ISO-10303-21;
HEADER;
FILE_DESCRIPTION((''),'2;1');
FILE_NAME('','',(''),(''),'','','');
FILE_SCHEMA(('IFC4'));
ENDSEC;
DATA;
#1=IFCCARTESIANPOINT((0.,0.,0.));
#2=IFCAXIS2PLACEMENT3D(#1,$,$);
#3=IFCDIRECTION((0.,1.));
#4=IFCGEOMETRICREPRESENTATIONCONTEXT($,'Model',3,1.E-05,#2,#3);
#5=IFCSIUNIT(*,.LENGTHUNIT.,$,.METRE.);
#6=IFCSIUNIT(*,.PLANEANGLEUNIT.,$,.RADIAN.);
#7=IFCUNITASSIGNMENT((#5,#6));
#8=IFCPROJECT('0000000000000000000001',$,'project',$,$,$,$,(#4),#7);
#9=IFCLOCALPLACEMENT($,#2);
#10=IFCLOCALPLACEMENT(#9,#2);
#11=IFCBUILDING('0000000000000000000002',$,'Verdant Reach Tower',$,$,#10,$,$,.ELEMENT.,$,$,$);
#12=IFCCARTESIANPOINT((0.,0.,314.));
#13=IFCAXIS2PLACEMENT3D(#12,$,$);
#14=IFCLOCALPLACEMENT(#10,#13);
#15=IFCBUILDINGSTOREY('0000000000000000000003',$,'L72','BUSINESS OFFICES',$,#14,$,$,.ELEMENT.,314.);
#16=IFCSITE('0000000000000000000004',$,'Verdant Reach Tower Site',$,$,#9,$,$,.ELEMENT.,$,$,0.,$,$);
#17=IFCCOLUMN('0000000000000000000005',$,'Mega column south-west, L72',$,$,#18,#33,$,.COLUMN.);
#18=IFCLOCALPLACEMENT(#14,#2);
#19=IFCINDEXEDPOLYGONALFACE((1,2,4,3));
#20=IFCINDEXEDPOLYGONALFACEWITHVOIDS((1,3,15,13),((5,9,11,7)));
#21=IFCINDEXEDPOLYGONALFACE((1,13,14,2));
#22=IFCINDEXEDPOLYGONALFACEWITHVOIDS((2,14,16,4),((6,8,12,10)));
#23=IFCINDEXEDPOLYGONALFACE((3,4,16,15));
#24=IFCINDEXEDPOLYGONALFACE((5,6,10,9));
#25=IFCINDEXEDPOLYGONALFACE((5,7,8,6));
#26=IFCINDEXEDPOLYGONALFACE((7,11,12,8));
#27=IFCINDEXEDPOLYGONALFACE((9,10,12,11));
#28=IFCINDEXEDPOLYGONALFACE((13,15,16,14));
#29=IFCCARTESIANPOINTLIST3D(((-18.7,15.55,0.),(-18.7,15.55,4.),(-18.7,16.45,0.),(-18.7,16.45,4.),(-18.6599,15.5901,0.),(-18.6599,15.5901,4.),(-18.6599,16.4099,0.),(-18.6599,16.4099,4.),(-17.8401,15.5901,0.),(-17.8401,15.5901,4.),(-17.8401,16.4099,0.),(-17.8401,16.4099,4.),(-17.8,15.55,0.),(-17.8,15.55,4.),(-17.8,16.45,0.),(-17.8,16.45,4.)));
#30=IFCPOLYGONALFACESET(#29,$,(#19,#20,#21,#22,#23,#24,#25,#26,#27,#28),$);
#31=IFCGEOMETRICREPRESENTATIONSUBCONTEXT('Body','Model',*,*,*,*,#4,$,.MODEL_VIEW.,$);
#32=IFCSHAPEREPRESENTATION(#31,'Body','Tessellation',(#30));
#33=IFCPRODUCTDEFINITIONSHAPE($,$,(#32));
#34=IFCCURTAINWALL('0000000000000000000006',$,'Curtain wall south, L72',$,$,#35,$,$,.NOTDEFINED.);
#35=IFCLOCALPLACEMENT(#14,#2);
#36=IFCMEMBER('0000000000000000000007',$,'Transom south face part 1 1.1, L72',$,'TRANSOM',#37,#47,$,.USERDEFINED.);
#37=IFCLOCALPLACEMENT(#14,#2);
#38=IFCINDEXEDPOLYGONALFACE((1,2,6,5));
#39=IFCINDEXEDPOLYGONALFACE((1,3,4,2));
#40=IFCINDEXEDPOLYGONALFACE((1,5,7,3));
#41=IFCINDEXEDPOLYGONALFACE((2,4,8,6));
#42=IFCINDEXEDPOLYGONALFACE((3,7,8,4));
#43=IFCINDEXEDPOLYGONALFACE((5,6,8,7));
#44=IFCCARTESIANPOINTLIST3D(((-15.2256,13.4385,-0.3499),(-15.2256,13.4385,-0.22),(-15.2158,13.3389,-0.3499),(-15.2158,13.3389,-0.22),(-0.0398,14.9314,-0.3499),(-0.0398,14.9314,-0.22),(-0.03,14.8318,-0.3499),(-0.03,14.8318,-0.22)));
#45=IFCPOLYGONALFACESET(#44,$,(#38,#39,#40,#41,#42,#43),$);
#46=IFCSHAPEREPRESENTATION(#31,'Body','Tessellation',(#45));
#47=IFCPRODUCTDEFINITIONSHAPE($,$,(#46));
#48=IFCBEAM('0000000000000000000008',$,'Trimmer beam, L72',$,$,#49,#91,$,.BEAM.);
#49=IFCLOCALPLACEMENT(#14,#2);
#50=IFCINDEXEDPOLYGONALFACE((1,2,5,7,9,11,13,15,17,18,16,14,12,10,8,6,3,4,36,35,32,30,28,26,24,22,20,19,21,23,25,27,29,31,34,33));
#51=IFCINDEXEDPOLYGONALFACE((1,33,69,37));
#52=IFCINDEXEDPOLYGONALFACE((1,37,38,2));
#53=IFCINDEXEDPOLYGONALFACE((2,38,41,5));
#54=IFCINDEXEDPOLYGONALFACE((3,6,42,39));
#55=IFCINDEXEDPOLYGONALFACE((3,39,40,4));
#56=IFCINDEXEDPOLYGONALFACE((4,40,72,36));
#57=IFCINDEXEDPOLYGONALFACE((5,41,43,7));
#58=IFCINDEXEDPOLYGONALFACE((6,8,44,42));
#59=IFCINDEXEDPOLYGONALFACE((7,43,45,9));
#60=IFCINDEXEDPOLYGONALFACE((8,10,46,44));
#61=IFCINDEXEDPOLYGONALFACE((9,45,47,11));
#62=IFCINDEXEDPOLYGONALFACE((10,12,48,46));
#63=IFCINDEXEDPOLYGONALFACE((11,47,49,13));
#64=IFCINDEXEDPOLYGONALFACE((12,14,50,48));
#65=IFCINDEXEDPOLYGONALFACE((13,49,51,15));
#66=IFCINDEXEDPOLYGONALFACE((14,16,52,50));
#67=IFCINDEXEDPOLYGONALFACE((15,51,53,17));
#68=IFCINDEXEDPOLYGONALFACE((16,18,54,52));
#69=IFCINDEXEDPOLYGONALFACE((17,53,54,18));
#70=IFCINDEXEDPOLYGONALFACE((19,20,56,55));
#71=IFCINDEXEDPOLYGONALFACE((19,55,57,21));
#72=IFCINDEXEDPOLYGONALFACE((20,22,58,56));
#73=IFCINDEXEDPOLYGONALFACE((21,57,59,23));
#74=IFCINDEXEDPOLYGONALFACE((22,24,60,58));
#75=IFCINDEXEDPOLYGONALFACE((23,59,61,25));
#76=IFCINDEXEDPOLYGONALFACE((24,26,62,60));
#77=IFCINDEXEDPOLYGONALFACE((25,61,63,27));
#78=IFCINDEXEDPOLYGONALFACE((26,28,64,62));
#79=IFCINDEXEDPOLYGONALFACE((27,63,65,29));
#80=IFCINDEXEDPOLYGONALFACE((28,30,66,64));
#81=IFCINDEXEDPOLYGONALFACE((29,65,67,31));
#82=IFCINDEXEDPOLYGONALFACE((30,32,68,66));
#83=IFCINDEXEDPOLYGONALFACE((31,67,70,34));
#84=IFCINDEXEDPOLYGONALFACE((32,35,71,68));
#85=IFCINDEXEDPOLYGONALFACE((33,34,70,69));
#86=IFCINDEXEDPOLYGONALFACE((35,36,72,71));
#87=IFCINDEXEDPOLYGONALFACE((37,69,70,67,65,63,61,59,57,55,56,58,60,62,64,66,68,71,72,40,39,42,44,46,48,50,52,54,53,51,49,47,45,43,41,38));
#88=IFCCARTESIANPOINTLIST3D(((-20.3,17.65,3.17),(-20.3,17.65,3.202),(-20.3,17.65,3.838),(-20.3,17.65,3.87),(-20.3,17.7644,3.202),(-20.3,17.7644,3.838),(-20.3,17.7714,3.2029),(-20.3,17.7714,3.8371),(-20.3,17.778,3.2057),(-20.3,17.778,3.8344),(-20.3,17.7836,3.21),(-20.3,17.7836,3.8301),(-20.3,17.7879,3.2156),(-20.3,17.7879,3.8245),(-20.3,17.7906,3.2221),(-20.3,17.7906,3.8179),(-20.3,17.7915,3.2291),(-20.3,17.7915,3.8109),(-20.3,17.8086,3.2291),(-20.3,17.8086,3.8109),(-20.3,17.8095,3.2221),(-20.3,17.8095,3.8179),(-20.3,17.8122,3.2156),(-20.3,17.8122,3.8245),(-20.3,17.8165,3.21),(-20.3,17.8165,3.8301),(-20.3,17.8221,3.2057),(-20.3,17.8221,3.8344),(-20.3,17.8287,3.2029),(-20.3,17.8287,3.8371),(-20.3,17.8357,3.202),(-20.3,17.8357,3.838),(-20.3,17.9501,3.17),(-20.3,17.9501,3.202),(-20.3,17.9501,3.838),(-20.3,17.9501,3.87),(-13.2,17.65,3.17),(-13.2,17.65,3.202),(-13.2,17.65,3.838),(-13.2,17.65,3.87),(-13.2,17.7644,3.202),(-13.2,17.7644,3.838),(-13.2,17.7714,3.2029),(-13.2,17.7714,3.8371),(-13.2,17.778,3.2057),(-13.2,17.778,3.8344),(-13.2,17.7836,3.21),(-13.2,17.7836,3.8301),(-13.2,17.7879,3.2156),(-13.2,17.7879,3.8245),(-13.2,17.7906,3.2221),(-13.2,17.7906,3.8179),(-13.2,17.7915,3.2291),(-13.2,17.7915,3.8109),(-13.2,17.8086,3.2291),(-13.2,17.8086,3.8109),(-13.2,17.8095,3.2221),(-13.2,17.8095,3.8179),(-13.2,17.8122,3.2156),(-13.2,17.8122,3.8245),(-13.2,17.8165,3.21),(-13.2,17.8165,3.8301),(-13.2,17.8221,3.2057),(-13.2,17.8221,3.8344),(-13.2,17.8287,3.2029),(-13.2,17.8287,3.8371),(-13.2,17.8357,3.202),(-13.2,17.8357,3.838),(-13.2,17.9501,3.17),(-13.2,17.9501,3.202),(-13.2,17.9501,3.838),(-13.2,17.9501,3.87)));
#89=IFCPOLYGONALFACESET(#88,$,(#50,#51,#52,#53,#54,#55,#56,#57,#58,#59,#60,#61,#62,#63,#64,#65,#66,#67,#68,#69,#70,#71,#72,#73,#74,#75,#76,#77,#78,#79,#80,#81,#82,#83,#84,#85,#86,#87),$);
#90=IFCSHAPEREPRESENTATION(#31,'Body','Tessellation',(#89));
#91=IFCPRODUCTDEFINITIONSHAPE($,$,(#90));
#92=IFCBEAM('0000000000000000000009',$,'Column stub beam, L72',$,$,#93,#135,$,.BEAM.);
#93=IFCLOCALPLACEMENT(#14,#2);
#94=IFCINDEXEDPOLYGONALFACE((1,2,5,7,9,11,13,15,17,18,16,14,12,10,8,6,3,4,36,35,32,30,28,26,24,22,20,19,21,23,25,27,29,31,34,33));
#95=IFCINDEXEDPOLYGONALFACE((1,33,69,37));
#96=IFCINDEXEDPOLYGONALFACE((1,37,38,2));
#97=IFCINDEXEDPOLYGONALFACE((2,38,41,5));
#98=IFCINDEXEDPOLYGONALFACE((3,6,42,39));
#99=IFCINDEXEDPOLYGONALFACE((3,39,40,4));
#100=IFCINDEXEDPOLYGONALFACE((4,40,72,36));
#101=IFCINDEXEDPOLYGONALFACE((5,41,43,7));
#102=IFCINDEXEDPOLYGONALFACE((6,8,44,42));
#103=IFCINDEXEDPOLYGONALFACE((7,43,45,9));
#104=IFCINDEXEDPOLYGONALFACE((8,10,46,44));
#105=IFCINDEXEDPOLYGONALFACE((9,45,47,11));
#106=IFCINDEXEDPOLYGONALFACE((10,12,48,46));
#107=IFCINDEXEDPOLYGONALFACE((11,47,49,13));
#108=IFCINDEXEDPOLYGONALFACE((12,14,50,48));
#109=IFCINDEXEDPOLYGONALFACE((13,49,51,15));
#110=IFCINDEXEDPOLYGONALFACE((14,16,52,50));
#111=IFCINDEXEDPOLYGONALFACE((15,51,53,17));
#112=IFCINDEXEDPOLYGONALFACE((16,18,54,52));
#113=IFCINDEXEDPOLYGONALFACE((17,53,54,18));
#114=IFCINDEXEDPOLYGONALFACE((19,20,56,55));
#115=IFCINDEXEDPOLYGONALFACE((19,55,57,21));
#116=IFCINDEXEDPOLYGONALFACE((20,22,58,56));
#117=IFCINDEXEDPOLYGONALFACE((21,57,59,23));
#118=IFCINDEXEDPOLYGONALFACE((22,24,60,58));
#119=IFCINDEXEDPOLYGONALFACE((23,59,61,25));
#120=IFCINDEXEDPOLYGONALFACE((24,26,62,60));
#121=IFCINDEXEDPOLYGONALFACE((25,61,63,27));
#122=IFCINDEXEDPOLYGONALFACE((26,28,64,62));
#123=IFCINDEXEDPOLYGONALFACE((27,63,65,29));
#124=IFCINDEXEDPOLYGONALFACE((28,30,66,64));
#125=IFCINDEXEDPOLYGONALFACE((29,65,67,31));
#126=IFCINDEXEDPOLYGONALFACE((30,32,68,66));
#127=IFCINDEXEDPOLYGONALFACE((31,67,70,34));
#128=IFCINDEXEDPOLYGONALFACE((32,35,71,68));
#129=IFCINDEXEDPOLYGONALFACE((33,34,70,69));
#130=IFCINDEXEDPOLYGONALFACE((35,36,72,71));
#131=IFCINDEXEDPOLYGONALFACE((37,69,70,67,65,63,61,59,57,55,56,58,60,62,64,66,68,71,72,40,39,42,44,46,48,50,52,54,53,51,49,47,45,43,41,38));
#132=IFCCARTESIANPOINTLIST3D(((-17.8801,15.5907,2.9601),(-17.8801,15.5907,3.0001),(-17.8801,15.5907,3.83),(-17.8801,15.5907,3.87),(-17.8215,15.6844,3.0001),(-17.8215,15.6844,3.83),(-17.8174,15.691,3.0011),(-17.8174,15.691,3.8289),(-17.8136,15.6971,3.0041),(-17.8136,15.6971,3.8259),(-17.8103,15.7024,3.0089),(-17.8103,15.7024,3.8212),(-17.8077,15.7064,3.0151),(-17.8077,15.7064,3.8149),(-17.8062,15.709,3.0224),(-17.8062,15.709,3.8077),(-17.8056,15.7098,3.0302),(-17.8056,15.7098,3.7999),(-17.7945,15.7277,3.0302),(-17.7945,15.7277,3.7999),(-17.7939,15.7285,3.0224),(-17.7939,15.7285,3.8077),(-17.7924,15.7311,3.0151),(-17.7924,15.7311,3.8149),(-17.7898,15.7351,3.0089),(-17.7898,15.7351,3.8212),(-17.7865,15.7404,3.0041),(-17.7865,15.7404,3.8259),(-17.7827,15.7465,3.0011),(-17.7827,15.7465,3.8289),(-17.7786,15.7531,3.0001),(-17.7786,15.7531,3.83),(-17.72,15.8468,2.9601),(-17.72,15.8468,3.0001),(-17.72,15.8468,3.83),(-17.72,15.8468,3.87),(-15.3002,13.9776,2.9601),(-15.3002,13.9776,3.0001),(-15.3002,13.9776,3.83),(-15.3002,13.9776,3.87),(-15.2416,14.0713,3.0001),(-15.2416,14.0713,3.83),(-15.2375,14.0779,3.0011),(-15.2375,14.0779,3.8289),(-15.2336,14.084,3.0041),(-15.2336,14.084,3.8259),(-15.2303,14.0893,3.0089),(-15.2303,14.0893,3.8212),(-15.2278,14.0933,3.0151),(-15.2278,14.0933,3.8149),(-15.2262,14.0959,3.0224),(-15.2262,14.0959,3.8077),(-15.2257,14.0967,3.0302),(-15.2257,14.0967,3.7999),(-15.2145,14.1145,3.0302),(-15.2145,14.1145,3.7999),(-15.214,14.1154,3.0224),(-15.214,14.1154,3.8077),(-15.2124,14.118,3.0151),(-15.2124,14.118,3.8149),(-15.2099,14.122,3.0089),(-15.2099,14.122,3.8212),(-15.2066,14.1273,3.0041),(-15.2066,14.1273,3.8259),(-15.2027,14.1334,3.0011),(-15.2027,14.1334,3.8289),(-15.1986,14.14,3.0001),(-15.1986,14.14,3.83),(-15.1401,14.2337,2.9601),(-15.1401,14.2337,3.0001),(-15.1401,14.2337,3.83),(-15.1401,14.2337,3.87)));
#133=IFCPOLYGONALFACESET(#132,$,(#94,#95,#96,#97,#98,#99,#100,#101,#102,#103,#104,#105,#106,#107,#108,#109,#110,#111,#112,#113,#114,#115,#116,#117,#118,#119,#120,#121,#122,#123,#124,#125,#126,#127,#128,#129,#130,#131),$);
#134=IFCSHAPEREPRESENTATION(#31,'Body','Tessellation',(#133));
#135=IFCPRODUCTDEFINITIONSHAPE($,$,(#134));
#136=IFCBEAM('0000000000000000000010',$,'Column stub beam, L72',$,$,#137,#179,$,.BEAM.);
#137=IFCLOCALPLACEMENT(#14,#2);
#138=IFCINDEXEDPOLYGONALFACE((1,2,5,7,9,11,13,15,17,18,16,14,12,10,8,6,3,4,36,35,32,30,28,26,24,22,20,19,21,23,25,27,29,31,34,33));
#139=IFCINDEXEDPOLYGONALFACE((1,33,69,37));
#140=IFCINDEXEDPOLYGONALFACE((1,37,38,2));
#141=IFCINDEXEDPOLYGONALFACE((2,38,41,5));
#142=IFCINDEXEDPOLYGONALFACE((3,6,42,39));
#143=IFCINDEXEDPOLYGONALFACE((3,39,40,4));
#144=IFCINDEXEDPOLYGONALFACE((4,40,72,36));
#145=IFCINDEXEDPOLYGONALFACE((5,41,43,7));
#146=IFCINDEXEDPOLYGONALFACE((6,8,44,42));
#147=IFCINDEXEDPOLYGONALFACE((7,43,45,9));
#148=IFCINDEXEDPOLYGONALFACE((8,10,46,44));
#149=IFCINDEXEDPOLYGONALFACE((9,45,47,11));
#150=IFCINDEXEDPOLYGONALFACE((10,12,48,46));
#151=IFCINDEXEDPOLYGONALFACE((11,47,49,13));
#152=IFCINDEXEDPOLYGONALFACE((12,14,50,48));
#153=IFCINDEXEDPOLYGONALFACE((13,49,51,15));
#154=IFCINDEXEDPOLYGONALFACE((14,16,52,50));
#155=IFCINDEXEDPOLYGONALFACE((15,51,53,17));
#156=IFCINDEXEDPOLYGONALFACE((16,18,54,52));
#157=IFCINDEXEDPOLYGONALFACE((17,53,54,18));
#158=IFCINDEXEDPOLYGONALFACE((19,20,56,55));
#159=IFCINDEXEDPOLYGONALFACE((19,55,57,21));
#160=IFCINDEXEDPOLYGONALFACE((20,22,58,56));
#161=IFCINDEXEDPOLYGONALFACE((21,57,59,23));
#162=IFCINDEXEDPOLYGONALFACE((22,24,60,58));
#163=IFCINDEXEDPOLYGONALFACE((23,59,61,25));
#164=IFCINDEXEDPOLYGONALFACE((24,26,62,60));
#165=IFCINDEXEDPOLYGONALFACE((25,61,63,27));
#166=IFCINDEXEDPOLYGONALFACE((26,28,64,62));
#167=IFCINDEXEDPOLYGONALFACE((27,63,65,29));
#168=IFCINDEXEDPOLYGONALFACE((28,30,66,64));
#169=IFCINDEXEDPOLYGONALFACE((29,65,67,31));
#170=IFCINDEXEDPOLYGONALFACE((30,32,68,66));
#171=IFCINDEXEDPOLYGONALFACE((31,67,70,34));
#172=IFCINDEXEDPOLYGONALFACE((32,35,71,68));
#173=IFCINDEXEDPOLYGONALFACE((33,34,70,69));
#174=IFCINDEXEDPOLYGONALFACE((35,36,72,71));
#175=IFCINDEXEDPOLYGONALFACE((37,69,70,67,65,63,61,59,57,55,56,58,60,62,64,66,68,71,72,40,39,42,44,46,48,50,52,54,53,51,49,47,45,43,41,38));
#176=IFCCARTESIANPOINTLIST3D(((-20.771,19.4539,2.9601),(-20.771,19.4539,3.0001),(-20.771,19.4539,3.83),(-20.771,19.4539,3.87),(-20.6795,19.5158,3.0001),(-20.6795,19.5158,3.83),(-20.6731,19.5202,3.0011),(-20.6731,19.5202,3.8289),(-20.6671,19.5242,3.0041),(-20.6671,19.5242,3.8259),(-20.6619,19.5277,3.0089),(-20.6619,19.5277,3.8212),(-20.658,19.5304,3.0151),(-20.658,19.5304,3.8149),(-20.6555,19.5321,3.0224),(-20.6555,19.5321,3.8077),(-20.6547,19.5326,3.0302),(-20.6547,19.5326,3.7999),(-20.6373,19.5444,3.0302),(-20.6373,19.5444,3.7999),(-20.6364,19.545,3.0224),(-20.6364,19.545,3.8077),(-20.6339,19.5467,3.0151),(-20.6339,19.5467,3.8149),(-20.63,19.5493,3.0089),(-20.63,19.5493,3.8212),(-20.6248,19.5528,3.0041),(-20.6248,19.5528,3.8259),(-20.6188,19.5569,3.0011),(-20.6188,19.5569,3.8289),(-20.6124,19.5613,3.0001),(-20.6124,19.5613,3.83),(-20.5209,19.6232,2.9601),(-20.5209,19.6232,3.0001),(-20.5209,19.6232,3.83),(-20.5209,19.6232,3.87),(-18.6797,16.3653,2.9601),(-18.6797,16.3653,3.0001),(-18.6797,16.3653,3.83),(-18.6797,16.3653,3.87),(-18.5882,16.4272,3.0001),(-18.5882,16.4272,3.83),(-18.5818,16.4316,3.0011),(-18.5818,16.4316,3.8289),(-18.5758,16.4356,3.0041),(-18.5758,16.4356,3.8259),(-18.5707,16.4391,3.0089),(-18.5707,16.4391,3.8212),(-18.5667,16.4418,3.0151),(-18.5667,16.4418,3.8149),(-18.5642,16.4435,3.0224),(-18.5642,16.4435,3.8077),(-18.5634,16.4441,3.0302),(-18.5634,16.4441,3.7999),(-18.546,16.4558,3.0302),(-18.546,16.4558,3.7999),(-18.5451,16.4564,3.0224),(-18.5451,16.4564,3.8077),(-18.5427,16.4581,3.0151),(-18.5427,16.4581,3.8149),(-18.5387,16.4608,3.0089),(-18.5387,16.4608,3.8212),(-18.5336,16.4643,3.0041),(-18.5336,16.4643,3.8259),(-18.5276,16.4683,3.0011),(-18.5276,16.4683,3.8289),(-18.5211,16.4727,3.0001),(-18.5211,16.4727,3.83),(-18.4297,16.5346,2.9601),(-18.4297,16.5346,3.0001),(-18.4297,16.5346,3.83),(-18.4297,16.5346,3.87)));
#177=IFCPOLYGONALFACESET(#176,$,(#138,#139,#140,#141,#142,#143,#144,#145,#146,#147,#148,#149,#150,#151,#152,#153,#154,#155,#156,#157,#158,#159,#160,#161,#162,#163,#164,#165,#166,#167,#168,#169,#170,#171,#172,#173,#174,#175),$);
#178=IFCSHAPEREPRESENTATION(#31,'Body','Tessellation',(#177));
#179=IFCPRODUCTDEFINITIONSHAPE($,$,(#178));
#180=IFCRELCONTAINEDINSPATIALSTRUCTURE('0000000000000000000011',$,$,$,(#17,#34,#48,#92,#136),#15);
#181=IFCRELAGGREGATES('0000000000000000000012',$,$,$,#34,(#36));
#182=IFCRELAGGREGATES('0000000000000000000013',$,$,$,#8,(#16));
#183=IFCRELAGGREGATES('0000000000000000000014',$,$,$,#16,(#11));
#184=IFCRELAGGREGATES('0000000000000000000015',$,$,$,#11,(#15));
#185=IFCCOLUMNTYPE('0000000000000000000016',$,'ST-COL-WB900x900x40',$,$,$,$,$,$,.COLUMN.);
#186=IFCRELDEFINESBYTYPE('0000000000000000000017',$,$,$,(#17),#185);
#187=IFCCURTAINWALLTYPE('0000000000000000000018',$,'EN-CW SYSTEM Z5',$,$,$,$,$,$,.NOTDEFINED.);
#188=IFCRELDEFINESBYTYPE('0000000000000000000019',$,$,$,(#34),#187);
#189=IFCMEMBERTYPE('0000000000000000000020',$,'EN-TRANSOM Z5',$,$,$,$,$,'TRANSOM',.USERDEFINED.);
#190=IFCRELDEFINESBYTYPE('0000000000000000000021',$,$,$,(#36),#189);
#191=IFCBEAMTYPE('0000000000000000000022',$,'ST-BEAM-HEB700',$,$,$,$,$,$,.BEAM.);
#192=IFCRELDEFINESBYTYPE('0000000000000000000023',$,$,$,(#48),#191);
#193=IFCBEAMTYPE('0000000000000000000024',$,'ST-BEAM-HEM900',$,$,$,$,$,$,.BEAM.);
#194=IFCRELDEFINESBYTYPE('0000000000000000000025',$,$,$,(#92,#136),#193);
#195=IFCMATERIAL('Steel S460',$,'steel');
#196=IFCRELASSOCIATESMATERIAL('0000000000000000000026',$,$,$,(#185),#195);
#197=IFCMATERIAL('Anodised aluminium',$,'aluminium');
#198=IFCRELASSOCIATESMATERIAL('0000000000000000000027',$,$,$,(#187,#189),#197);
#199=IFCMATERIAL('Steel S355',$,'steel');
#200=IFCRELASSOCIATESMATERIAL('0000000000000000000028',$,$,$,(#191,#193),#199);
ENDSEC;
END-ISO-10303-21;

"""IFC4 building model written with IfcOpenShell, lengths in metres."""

from ifc_helpers import new_model, si_unit, direction, frame, origin, origin_2d, place, context, subcontext, project, spatial, rectangle, hollow_rectangle, i_section, extrude, material, material_profile, profile_set, type_object, element, aggregate, save


model = new_model("IFC4")

# Units and contexts
model_context = context("Model", 3, precision=1e-05, world=origin(), true_north=direction((0.0, 1.0)))
body_context = subcontext(model_context, "Body", "Model", "MODEL_VIEW")
ifc_project = project(units=[si_unit("LENGTHUNIT", "METRE"), si_unit("PLANEANGLEUNIT", "RADIAN")], contexts=[model_context])

# Site, building, storey
site_placement = place(None, origin())
site = spatial("IfcSite", under=ifc_project, at=site_placement, Name="Verdant Reach Tower Site", CompositionType="ELEMENT", RefElevation=0.0)
building_placement = place(site_placement, origin())
building = spatial("IfcBuilding", under=site, at=building_placement, Name="Verdant Reach Tower", CompositionType="ELEMENT")
storey_placement = place(building_placement, frame((0.0, 0.0, 314.0)))
storey = spatial("IfcBuildingStorey", under=building, at=storey_placement, Name="L72", Description="BUSINESS OFFICES", CompositionType="ELEMENT", Elevation=314.0)

# Column
ifc_material_1 = material(Name="Steel S460", Category="steel")
ifc_material_profile_1 = material_profile(ifc_material_1, hollow_rectangle(XDim=0.8999, YDim=0.8999, WallThickness=0.04, at=origin_2d()), Name="WB 900x900x40")
ifc_profile_set_1 = profile_set([ifc_material_profile_1], Name="Steel S460")
column_type = type_object("IfcColumnType", Name="ST-COL-WB900x900x40", PredefinedType="COLUMN", material=ifc_profile_set_1)
column_placement = place(storey_placement, frame((-18.25, 16.0, 0.0), z_axis=(0.0, 0.0, 1.0), x_axis=(1.0, 0.0, 0.0)))
element("IfcColumn", 1, at=column_placement, inside=storey, type_object=column_type, Name="Mega column south-west, L72", PredefinedType="COLUMN", context=body_context, shape_type="SweptSolid", body=[
    extrude(hollow_rectangle(XDim=0.8999, YDim=0.8999, WallThickness=0.04, at=origin_2d()), origin(), (0.0, 0.0, 1.0), 4.0),
])

# Curtain wall, member
ifc_material_2 = material(Name="Anodised aluminium", Category="aluminium")
curtain_wall_type = type_object("IfcCurtainWallType", Name="EN-CW SYSTEM Z5", PredefinedType="NOTDEFINED", material=ifc_material_2)
curtain_wall_1_placement = place(storey_placement, origin())
curtain_wall_1 = element("IfcCurtainWall", 2, at=curtain_wall_1_placement, inside=storey, type_object=curtain_wall_type, Name="Curtain wall south, L72", PredefinedType="NOTDEFINED")
ifc_material_profile_2 = material_profile(ifc_material_2, rectangle(XDim=0.1001, YDim=0.1299, at=origin_2d()), Name="Transom 130x100")
ifc_profile_set_2 = profile_set([ifc_material_profile_2], Name="Anodised aluminium")
member_type = type_object("IfcMemberType", Name="EN-TRANSOM Z5", ElementType="TRANSOM", PredefinedType="USERDEFINED", material=ifc_profile_set_2)
member_placement = place(storey_placement, frame((-15.2207, 13.3887, -0.2849), z_axis=(0.995202, 0.097839, 0.0), x_axis=(-0.097839, 0.995202, 0.0)))
member = element("IfcMember", 3, at=member_placement, type_object=member_type, Name="Transom south face part 1 1.1, L72", ObjectType="TRANSOM", PredefinedType="USERDEFINED", context=body_context, shape_type="SweptSolid", body=[
    extrude(rectangle(XDim=0.1001, YDim=0.1299, at=origin_2d()), origin(), (0.0, 0.0, 1.0), 15.259),
])

# Beams
ifc_material_3 = material(Name="Steel S355", Category="steel")
ifc_material_profile_3 = material_profile(ifc_material_3, i_section(OverallWidth=0.3, OverallDepth=0.7, WebThickness=0.0171, FlangeThickness=0.032, FilletRadius=0.0271, at=origin_2d()), Name="HEB 700")
ifc_profile_set_3 = profile_set([ifc_material_profile_3], Name="Steel S355")
beam_type_1 = type_object("IfcBeamType", Name="ST-BEAM-HEB700", PredefinedType="BEAM", material=ifc_profile_set_3)
beam_1_placement = place(storey_placement, frame((-13.2, 17.8, 3.52), z_axis=(-1.0, 0.0, 0.0), x_axis=(0.0, -1.0, 0.0)))
element("IfcBeam", 4, at=beam_1_placement, inside=storey, type_object=beam_type_1, Name="Trimmer beam, L72", PredefinedType="BEAM", context=body_context, shape_type="SweptSolid", body=[
    extrude(i_section(OverallWidth=0.3, OverallDepth=0.7, WebThickness=0.0171, FlangeThickness=0.032, FilletRadius=0.0271, at=origin_2d()), origin(), (0.0, 0.0, 1.0), 7.1001),
])
ifc_material_profile_4 = material_profile(ifc_material_3, i_section(OverallWidth=0.302, OverallDepth=0.9099, WebThickness=0.021, FlangeThickness=0.04, FilletRadius=0.03, at=origin_2d()), Name="HEM 900")
ifc_profile_set_4 = profile_set([ifc_material_profile_4], Name="Steel S355")
beam_type_2 = type_object("IfcBeamType", Name="ST-BEAM-HEM900", PredefinedType="BEAM", material=ifc_profile_set_4)
beam_2_placement = place(storey_placement, frame((-17.8, 15.7188, 3.415), z_axis=(0.847904, -0.53015, 0.0), x_axis=(0.53015, 0.847904, 0.0)))
element("IfcBeam", 5, at=beam_2_placement, inside=storey, type_object=beam_type_2, Name="Column stub beam, L72", PredefinedType="BEAM", context=body_context, shape_type="SweptSolid", body=[
    extrude(i_section(OverallWidth=0.302, OverallDepth=0.9099, WebThickness=0.021, FlangeThickness=0.04, FilletRadius=0.03, at=origin_2d()), origin(), (0.0, 0.0, 1.0), 3.0427),
])
beam_3_placement = place(storey_placement, frame((-18.5547, 16.45, 3.415), z_axis=(-0.560667, 0.828041, 0.0), x_axis=(-0.828041, -0.560667, 0.0)))
element("IfcBeam", 6, at=beam_3_placement, inside=storey, type_object=beam_type_2, Name="Column stub beam, L72", PredefinedType="BEAM", context=body_context, shape_type="SweptSolid", body=[
    extrude(i_section(OverallWidth=0.302, OverallDepth=0.9099, WebThickness=0.021, FlangeThickness=0.04, FilletRadius=0.03, at=origin_2d()), origin(), (0.0, 0.0, 1.0), 3.73),
])

aggregate(curtain_wall_1, [member])

save(model, "model.ifc")
